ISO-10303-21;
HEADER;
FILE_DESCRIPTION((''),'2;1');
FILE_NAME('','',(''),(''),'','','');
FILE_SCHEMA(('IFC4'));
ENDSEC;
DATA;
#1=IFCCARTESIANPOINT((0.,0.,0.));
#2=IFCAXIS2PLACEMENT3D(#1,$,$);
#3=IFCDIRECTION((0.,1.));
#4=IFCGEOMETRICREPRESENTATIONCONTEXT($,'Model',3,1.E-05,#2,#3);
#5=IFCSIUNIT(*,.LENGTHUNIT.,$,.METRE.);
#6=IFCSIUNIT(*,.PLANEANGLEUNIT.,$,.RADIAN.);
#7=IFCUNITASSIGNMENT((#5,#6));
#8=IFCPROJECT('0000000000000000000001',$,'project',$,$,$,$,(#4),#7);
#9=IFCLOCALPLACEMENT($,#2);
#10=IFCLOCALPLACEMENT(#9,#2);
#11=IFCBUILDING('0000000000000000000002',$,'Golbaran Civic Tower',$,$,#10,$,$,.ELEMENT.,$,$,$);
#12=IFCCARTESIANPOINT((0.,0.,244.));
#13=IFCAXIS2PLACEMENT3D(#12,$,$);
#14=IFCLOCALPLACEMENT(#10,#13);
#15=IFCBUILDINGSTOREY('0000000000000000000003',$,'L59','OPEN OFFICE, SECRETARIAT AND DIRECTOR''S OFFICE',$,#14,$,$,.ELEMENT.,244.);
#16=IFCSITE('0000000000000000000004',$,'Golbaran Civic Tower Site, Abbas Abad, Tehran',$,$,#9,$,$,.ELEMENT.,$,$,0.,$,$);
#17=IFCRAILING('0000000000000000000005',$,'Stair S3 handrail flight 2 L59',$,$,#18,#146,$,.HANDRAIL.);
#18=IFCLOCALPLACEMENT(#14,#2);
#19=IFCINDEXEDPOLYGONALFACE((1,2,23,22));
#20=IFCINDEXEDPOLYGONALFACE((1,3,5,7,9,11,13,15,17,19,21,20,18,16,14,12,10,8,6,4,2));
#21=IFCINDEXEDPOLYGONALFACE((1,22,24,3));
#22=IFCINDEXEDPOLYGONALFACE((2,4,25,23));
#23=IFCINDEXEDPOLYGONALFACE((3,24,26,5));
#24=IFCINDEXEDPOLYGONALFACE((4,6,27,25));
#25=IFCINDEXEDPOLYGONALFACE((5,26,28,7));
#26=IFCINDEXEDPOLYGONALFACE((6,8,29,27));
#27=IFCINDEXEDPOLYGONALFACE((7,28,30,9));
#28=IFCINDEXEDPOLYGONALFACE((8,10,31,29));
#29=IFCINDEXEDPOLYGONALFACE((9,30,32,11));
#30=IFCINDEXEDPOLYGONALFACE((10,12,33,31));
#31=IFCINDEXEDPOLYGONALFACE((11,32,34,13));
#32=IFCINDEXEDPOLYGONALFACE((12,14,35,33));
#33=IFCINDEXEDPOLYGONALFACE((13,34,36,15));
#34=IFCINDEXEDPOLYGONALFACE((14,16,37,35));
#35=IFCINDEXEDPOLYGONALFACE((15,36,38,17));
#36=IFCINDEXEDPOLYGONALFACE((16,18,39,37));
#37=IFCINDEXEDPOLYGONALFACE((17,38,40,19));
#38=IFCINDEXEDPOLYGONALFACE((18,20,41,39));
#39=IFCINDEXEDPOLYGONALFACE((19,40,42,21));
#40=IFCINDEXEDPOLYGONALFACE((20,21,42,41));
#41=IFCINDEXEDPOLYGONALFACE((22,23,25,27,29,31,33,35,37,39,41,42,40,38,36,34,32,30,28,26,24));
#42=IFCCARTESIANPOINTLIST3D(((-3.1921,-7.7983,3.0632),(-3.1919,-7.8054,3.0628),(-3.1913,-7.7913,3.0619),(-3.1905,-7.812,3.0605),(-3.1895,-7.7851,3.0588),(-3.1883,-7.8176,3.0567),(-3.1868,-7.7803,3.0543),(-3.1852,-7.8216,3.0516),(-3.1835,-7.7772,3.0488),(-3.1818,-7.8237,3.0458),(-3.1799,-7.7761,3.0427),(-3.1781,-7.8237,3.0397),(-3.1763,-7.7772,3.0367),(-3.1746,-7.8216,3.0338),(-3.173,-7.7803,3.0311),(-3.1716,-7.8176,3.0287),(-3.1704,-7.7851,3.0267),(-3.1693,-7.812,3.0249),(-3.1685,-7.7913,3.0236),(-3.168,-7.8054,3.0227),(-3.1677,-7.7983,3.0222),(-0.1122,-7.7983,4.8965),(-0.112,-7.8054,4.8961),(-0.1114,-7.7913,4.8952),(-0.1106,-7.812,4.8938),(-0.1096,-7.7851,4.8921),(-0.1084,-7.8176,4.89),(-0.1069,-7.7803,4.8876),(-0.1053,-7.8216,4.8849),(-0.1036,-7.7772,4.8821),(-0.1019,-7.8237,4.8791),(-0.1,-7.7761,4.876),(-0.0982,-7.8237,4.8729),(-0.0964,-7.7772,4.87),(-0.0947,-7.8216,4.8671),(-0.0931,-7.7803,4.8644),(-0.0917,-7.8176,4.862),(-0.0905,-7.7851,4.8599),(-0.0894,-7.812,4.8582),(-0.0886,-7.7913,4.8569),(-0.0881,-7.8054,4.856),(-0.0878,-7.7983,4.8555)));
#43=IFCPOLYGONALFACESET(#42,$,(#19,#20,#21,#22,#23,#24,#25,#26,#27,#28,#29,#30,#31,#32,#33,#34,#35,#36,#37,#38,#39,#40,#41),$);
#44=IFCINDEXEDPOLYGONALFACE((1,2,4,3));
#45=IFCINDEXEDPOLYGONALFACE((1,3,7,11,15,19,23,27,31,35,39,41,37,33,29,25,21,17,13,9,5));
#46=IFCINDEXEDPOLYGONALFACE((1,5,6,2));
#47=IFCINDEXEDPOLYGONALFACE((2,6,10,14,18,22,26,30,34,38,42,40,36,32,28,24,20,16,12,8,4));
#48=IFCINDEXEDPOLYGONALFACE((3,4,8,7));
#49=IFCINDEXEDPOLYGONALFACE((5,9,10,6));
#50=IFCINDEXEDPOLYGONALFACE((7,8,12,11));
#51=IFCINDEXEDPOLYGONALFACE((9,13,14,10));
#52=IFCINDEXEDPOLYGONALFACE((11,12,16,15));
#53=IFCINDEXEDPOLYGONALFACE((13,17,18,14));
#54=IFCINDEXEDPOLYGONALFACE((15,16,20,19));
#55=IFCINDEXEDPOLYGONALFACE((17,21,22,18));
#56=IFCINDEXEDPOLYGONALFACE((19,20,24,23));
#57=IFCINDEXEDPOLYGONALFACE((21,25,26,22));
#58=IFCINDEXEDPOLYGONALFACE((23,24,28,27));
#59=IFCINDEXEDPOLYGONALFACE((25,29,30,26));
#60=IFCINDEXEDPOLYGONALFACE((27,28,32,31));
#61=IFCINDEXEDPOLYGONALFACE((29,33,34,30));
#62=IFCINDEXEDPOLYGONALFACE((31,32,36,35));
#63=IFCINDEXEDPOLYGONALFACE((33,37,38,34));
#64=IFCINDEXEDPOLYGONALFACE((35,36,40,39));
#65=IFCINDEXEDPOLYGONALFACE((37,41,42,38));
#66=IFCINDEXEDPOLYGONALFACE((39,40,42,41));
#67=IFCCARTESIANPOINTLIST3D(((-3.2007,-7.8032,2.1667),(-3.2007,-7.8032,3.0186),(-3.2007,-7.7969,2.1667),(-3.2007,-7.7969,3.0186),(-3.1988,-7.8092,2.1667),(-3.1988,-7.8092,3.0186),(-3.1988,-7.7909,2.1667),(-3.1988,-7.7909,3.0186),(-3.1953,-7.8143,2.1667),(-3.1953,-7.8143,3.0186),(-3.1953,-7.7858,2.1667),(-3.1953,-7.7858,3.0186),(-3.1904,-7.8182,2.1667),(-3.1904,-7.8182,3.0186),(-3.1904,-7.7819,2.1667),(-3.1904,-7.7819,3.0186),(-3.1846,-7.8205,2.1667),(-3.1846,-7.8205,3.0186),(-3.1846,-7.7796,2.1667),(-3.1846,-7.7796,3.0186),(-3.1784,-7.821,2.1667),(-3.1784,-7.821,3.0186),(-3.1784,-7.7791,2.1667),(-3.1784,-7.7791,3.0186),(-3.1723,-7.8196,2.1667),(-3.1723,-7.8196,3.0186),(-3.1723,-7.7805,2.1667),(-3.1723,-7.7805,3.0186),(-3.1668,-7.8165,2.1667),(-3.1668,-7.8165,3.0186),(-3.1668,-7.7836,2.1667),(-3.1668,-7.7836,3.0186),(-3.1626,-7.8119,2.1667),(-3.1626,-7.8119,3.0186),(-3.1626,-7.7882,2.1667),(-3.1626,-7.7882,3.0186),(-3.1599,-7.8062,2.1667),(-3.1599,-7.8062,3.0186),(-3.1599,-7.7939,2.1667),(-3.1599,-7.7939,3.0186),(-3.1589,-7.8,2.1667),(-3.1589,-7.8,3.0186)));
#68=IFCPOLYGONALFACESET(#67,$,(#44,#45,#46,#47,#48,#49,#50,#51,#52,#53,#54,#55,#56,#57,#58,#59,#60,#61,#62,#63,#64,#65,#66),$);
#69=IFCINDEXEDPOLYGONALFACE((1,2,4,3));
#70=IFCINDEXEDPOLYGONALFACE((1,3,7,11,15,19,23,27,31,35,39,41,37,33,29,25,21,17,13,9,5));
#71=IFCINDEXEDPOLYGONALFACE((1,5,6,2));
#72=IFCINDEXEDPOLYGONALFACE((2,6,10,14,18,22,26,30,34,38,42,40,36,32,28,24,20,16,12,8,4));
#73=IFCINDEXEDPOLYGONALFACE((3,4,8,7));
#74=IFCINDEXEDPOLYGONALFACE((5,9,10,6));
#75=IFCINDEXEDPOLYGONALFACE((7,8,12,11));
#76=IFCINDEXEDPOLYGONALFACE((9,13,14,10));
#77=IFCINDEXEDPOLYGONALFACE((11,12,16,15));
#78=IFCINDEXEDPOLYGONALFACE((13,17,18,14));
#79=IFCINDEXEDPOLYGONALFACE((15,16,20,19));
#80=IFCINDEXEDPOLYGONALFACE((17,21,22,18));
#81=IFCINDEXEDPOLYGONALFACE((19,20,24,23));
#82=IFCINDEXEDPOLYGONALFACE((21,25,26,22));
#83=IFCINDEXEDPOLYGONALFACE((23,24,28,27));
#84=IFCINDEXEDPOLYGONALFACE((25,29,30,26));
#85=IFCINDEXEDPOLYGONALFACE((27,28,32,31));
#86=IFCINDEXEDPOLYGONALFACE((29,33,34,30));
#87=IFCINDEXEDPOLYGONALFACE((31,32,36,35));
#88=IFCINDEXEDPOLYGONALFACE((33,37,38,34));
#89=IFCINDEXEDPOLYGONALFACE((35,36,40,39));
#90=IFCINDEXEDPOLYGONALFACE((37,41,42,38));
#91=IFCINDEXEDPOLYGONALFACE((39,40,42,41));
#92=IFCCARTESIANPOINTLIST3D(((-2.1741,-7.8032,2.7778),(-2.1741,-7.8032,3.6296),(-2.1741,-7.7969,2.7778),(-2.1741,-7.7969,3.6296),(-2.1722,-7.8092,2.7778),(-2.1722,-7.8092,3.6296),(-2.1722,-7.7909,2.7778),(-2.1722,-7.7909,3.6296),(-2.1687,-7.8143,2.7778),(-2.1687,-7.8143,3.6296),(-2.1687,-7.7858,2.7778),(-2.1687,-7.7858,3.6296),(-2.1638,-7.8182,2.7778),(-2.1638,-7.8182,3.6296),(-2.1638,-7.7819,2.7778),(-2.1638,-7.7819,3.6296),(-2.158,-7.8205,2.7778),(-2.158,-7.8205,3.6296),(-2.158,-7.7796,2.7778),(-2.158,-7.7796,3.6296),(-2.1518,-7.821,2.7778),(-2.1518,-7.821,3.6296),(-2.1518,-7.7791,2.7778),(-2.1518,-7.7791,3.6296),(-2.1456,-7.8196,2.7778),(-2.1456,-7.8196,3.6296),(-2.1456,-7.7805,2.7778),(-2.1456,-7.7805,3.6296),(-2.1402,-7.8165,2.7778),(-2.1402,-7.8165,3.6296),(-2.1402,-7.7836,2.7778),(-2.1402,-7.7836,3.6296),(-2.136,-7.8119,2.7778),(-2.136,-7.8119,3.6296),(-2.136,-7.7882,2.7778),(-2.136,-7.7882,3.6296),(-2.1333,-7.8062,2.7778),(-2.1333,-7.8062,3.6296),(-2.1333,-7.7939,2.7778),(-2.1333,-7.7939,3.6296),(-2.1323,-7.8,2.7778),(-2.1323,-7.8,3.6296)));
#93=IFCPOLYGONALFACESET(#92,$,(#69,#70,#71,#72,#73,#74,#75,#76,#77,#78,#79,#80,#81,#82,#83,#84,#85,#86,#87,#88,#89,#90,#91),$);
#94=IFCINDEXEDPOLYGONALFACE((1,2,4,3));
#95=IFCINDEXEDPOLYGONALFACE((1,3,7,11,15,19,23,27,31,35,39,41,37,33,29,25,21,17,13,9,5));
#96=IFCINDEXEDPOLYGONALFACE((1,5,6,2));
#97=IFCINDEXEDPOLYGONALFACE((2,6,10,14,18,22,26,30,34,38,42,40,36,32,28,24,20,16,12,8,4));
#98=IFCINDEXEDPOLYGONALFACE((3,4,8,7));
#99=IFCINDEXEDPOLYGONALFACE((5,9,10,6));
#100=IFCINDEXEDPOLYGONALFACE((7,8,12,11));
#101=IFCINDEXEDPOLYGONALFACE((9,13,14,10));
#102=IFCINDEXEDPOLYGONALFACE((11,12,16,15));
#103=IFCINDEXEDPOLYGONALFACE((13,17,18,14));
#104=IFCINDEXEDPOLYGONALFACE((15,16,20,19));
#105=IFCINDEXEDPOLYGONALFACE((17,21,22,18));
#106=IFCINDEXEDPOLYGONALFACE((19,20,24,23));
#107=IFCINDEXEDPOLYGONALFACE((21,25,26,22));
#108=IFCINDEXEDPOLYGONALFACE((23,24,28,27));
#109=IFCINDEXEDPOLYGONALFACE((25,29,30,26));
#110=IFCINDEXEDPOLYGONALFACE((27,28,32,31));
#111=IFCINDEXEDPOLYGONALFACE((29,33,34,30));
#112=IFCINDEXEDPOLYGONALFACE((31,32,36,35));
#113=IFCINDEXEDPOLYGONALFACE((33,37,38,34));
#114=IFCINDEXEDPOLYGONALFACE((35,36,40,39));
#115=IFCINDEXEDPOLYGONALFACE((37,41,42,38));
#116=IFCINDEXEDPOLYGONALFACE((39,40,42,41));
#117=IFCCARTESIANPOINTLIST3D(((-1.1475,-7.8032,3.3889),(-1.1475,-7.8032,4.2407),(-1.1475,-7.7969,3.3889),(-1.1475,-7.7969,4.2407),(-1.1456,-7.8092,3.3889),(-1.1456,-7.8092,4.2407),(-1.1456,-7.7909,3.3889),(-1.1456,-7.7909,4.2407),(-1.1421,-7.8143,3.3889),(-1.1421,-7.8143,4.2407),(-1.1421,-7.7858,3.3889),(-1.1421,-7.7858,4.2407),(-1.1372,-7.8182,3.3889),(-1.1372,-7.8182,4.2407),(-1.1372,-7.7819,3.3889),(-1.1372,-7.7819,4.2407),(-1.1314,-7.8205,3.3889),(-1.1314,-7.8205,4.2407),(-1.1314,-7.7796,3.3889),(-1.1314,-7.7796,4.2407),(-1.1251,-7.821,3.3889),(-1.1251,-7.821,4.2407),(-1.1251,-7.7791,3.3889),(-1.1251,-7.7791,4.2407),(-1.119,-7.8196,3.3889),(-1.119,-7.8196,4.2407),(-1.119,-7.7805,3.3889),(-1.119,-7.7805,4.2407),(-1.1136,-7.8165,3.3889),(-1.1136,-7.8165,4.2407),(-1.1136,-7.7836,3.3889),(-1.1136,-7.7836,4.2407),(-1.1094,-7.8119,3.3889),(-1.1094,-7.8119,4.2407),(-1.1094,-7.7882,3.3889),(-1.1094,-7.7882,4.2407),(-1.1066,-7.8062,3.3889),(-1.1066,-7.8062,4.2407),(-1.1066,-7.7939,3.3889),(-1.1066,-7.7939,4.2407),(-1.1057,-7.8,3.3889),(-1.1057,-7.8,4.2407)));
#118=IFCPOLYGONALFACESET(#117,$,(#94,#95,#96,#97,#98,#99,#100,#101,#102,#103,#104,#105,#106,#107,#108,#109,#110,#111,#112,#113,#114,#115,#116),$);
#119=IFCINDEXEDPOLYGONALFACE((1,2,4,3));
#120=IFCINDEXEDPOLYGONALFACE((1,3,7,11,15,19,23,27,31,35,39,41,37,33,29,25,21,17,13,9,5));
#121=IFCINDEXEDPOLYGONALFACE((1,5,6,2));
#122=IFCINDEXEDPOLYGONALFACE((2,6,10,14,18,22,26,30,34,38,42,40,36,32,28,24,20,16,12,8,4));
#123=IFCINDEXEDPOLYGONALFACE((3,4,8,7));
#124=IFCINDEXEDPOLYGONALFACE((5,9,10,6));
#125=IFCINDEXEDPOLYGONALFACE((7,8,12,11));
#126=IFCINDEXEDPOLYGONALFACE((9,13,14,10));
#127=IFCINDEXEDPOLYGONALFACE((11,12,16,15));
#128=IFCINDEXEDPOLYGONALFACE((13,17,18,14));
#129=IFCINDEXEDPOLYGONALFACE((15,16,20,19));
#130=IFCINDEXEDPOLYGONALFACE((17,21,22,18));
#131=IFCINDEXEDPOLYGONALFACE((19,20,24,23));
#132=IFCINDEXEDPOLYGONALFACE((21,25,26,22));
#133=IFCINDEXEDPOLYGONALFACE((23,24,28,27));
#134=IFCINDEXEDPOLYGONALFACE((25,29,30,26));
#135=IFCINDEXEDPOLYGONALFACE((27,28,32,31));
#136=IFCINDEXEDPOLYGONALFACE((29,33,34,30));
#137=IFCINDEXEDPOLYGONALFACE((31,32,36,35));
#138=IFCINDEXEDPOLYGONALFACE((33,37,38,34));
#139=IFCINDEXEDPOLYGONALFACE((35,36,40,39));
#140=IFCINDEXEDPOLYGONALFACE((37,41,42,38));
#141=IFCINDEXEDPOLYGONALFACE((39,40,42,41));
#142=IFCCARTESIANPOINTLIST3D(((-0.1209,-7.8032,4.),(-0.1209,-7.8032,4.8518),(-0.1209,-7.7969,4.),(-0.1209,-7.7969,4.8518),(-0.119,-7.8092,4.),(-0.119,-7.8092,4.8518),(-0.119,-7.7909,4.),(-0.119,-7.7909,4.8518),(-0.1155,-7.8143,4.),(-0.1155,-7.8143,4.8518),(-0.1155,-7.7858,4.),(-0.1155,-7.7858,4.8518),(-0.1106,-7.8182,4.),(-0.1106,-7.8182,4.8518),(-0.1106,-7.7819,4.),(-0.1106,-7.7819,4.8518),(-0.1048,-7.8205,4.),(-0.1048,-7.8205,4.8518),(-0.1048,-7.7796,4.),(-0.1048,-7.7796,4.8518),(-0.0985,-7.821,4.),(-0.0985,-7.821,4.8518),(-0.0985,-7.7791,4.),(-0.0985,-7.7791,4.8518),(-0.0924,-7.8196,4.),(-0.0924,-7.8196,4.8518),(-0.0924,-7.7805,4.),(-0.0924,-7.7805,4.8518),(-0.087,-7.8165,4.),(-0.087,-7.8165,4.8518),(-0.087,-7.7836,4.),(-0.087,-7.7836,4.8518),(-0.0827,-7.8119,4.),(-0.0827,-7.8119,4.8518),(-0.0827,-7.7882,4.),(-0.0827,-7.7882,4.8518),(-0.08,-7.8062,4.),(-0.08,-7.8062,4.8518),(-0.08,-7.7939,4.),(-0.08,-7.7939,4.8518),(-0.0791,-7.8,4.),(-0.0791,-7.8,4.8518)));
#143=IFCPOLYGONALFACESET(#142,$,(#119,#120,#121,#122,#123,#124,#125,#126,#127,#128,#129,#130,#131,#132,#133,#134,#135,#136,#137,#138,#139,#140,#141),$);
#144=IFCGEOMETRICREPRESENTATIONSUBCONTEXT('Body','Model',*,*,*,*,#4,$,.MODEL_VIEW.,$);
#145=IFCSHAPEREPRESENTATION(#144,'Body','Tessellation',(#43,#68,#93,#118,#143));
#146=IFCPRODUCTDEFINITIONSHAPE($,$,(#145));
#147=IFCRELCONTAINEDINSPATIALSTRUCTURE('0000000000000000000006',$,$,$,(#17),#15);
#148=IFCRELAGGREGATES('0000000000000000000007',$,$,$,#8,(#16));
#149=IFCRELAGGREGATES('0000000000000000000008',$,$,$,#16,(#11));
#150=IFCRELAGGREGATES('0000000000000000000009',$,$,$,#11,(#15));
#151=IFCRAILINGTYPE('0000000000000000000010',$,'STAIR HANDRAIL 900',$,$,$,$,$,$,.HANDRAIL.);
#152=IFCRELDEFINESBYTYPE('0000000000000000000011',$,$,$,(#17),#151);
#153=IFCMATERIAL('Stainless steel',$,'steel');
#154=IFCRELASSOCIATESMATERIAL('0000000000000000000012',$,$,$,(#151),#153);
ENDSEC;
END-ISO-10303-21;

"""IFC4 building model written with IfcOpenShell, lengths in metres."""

from ifc_helpers import new_model, si_unit, direction, frame, origin, origin_2d, place, context, subcontext, project, spatial, circle, extrude, material, type_object, element, save


model = new_model("IFC4")

# Units and contexts
model_context = context("Model", 3, precision=1e-05, world=origin(), true_north=direction((0.0, 1.0)))
body_context = subcontext(model_context, "Body", "Model", "MODEL_VIEW")
ifc_project = project(units=[si_unit("LENGTHUNIT", "METRE"), si_unit("PLANEANGLEUNIT", "RADIAN")], contexts=[model_context])

# Site, building, storey
site_placement = place(None, origin())
site = spatial("IfcSite", under=ifc_project, at=site_placement, Name="Golbaran Civic Tower Site, Abbas Abad, Tehran", CompositionType="ELEMENT", RefElevation=0.0)
building_placement = place(site_placement, origin())
building = spatial("IfcBuilding", under=site, at=building_placement, Name="Golbaran Civic Tower", CompositionType="ELEMENT")
storey_placement = place(building_placement, frame((0.0, 0.0, 244.0)))
storey = spatial("IfcBuildingStorey", under=building, at=storey_placement, Name="L59", Description="OPEN OFFICE, SECRETARIAT AND DIRECTOR'S OFFICE", CompositionType="ELEMENT", Elevation=244.0)

# Shared definitions
ifc_material_1 = material(Name="Stainless steel", Category="steel")

# Railing
railing_type = type_object("IfcRailingType", Name="STAIR HANDRAIL 900", PredefinedType="HANDRAIL", material=ifc_material_1)
railing_1_placement = place(storey_placement, frame((-3.1799, -7.8, 2.1667)))
element("IfcRailing", 1, at=railing_1_placement, inside=storey, type_object=railing_type, Name="Stair S3 handrail flight 2 L59", PredefinedType="HANDRAIL", context=body_context, shape_type="SweptSolid", body=[
    extrude(circle(Radius=0.0239, at=origin_2d()), frame((0.0, 0.0, 0.876), z_axis=(0.859291, 0.0, 0.511487), x_axis=(0.0, 1.0, 0.0)), (0.0, 0.0, 1.0), 3.5842),
    extrude(circle(Radius=0.021, at=origin_2d()), origin(), (0.0, 0.0, 1.0), 0.8518),
    extrude(circle(Radius=0.021, at=origin_2d()), frame((1.0266, 0.0, 0.6111)), (0.0, 0.0, 1.0), 0.8518),
    extrude(circle(Radius=0.021, at=origin_2d()), frame((2.0532, 0.0, 1.2222)), (0.0, 0.0, 1.0), 0.8518),
    extrude(circle(Radius=0.021, at=origin_2d()), frame((3.0798, 0.0, 1.8333)), (0.0, 0.0, 1.0), 0.8518),
])

save(model, "model.ifc")
